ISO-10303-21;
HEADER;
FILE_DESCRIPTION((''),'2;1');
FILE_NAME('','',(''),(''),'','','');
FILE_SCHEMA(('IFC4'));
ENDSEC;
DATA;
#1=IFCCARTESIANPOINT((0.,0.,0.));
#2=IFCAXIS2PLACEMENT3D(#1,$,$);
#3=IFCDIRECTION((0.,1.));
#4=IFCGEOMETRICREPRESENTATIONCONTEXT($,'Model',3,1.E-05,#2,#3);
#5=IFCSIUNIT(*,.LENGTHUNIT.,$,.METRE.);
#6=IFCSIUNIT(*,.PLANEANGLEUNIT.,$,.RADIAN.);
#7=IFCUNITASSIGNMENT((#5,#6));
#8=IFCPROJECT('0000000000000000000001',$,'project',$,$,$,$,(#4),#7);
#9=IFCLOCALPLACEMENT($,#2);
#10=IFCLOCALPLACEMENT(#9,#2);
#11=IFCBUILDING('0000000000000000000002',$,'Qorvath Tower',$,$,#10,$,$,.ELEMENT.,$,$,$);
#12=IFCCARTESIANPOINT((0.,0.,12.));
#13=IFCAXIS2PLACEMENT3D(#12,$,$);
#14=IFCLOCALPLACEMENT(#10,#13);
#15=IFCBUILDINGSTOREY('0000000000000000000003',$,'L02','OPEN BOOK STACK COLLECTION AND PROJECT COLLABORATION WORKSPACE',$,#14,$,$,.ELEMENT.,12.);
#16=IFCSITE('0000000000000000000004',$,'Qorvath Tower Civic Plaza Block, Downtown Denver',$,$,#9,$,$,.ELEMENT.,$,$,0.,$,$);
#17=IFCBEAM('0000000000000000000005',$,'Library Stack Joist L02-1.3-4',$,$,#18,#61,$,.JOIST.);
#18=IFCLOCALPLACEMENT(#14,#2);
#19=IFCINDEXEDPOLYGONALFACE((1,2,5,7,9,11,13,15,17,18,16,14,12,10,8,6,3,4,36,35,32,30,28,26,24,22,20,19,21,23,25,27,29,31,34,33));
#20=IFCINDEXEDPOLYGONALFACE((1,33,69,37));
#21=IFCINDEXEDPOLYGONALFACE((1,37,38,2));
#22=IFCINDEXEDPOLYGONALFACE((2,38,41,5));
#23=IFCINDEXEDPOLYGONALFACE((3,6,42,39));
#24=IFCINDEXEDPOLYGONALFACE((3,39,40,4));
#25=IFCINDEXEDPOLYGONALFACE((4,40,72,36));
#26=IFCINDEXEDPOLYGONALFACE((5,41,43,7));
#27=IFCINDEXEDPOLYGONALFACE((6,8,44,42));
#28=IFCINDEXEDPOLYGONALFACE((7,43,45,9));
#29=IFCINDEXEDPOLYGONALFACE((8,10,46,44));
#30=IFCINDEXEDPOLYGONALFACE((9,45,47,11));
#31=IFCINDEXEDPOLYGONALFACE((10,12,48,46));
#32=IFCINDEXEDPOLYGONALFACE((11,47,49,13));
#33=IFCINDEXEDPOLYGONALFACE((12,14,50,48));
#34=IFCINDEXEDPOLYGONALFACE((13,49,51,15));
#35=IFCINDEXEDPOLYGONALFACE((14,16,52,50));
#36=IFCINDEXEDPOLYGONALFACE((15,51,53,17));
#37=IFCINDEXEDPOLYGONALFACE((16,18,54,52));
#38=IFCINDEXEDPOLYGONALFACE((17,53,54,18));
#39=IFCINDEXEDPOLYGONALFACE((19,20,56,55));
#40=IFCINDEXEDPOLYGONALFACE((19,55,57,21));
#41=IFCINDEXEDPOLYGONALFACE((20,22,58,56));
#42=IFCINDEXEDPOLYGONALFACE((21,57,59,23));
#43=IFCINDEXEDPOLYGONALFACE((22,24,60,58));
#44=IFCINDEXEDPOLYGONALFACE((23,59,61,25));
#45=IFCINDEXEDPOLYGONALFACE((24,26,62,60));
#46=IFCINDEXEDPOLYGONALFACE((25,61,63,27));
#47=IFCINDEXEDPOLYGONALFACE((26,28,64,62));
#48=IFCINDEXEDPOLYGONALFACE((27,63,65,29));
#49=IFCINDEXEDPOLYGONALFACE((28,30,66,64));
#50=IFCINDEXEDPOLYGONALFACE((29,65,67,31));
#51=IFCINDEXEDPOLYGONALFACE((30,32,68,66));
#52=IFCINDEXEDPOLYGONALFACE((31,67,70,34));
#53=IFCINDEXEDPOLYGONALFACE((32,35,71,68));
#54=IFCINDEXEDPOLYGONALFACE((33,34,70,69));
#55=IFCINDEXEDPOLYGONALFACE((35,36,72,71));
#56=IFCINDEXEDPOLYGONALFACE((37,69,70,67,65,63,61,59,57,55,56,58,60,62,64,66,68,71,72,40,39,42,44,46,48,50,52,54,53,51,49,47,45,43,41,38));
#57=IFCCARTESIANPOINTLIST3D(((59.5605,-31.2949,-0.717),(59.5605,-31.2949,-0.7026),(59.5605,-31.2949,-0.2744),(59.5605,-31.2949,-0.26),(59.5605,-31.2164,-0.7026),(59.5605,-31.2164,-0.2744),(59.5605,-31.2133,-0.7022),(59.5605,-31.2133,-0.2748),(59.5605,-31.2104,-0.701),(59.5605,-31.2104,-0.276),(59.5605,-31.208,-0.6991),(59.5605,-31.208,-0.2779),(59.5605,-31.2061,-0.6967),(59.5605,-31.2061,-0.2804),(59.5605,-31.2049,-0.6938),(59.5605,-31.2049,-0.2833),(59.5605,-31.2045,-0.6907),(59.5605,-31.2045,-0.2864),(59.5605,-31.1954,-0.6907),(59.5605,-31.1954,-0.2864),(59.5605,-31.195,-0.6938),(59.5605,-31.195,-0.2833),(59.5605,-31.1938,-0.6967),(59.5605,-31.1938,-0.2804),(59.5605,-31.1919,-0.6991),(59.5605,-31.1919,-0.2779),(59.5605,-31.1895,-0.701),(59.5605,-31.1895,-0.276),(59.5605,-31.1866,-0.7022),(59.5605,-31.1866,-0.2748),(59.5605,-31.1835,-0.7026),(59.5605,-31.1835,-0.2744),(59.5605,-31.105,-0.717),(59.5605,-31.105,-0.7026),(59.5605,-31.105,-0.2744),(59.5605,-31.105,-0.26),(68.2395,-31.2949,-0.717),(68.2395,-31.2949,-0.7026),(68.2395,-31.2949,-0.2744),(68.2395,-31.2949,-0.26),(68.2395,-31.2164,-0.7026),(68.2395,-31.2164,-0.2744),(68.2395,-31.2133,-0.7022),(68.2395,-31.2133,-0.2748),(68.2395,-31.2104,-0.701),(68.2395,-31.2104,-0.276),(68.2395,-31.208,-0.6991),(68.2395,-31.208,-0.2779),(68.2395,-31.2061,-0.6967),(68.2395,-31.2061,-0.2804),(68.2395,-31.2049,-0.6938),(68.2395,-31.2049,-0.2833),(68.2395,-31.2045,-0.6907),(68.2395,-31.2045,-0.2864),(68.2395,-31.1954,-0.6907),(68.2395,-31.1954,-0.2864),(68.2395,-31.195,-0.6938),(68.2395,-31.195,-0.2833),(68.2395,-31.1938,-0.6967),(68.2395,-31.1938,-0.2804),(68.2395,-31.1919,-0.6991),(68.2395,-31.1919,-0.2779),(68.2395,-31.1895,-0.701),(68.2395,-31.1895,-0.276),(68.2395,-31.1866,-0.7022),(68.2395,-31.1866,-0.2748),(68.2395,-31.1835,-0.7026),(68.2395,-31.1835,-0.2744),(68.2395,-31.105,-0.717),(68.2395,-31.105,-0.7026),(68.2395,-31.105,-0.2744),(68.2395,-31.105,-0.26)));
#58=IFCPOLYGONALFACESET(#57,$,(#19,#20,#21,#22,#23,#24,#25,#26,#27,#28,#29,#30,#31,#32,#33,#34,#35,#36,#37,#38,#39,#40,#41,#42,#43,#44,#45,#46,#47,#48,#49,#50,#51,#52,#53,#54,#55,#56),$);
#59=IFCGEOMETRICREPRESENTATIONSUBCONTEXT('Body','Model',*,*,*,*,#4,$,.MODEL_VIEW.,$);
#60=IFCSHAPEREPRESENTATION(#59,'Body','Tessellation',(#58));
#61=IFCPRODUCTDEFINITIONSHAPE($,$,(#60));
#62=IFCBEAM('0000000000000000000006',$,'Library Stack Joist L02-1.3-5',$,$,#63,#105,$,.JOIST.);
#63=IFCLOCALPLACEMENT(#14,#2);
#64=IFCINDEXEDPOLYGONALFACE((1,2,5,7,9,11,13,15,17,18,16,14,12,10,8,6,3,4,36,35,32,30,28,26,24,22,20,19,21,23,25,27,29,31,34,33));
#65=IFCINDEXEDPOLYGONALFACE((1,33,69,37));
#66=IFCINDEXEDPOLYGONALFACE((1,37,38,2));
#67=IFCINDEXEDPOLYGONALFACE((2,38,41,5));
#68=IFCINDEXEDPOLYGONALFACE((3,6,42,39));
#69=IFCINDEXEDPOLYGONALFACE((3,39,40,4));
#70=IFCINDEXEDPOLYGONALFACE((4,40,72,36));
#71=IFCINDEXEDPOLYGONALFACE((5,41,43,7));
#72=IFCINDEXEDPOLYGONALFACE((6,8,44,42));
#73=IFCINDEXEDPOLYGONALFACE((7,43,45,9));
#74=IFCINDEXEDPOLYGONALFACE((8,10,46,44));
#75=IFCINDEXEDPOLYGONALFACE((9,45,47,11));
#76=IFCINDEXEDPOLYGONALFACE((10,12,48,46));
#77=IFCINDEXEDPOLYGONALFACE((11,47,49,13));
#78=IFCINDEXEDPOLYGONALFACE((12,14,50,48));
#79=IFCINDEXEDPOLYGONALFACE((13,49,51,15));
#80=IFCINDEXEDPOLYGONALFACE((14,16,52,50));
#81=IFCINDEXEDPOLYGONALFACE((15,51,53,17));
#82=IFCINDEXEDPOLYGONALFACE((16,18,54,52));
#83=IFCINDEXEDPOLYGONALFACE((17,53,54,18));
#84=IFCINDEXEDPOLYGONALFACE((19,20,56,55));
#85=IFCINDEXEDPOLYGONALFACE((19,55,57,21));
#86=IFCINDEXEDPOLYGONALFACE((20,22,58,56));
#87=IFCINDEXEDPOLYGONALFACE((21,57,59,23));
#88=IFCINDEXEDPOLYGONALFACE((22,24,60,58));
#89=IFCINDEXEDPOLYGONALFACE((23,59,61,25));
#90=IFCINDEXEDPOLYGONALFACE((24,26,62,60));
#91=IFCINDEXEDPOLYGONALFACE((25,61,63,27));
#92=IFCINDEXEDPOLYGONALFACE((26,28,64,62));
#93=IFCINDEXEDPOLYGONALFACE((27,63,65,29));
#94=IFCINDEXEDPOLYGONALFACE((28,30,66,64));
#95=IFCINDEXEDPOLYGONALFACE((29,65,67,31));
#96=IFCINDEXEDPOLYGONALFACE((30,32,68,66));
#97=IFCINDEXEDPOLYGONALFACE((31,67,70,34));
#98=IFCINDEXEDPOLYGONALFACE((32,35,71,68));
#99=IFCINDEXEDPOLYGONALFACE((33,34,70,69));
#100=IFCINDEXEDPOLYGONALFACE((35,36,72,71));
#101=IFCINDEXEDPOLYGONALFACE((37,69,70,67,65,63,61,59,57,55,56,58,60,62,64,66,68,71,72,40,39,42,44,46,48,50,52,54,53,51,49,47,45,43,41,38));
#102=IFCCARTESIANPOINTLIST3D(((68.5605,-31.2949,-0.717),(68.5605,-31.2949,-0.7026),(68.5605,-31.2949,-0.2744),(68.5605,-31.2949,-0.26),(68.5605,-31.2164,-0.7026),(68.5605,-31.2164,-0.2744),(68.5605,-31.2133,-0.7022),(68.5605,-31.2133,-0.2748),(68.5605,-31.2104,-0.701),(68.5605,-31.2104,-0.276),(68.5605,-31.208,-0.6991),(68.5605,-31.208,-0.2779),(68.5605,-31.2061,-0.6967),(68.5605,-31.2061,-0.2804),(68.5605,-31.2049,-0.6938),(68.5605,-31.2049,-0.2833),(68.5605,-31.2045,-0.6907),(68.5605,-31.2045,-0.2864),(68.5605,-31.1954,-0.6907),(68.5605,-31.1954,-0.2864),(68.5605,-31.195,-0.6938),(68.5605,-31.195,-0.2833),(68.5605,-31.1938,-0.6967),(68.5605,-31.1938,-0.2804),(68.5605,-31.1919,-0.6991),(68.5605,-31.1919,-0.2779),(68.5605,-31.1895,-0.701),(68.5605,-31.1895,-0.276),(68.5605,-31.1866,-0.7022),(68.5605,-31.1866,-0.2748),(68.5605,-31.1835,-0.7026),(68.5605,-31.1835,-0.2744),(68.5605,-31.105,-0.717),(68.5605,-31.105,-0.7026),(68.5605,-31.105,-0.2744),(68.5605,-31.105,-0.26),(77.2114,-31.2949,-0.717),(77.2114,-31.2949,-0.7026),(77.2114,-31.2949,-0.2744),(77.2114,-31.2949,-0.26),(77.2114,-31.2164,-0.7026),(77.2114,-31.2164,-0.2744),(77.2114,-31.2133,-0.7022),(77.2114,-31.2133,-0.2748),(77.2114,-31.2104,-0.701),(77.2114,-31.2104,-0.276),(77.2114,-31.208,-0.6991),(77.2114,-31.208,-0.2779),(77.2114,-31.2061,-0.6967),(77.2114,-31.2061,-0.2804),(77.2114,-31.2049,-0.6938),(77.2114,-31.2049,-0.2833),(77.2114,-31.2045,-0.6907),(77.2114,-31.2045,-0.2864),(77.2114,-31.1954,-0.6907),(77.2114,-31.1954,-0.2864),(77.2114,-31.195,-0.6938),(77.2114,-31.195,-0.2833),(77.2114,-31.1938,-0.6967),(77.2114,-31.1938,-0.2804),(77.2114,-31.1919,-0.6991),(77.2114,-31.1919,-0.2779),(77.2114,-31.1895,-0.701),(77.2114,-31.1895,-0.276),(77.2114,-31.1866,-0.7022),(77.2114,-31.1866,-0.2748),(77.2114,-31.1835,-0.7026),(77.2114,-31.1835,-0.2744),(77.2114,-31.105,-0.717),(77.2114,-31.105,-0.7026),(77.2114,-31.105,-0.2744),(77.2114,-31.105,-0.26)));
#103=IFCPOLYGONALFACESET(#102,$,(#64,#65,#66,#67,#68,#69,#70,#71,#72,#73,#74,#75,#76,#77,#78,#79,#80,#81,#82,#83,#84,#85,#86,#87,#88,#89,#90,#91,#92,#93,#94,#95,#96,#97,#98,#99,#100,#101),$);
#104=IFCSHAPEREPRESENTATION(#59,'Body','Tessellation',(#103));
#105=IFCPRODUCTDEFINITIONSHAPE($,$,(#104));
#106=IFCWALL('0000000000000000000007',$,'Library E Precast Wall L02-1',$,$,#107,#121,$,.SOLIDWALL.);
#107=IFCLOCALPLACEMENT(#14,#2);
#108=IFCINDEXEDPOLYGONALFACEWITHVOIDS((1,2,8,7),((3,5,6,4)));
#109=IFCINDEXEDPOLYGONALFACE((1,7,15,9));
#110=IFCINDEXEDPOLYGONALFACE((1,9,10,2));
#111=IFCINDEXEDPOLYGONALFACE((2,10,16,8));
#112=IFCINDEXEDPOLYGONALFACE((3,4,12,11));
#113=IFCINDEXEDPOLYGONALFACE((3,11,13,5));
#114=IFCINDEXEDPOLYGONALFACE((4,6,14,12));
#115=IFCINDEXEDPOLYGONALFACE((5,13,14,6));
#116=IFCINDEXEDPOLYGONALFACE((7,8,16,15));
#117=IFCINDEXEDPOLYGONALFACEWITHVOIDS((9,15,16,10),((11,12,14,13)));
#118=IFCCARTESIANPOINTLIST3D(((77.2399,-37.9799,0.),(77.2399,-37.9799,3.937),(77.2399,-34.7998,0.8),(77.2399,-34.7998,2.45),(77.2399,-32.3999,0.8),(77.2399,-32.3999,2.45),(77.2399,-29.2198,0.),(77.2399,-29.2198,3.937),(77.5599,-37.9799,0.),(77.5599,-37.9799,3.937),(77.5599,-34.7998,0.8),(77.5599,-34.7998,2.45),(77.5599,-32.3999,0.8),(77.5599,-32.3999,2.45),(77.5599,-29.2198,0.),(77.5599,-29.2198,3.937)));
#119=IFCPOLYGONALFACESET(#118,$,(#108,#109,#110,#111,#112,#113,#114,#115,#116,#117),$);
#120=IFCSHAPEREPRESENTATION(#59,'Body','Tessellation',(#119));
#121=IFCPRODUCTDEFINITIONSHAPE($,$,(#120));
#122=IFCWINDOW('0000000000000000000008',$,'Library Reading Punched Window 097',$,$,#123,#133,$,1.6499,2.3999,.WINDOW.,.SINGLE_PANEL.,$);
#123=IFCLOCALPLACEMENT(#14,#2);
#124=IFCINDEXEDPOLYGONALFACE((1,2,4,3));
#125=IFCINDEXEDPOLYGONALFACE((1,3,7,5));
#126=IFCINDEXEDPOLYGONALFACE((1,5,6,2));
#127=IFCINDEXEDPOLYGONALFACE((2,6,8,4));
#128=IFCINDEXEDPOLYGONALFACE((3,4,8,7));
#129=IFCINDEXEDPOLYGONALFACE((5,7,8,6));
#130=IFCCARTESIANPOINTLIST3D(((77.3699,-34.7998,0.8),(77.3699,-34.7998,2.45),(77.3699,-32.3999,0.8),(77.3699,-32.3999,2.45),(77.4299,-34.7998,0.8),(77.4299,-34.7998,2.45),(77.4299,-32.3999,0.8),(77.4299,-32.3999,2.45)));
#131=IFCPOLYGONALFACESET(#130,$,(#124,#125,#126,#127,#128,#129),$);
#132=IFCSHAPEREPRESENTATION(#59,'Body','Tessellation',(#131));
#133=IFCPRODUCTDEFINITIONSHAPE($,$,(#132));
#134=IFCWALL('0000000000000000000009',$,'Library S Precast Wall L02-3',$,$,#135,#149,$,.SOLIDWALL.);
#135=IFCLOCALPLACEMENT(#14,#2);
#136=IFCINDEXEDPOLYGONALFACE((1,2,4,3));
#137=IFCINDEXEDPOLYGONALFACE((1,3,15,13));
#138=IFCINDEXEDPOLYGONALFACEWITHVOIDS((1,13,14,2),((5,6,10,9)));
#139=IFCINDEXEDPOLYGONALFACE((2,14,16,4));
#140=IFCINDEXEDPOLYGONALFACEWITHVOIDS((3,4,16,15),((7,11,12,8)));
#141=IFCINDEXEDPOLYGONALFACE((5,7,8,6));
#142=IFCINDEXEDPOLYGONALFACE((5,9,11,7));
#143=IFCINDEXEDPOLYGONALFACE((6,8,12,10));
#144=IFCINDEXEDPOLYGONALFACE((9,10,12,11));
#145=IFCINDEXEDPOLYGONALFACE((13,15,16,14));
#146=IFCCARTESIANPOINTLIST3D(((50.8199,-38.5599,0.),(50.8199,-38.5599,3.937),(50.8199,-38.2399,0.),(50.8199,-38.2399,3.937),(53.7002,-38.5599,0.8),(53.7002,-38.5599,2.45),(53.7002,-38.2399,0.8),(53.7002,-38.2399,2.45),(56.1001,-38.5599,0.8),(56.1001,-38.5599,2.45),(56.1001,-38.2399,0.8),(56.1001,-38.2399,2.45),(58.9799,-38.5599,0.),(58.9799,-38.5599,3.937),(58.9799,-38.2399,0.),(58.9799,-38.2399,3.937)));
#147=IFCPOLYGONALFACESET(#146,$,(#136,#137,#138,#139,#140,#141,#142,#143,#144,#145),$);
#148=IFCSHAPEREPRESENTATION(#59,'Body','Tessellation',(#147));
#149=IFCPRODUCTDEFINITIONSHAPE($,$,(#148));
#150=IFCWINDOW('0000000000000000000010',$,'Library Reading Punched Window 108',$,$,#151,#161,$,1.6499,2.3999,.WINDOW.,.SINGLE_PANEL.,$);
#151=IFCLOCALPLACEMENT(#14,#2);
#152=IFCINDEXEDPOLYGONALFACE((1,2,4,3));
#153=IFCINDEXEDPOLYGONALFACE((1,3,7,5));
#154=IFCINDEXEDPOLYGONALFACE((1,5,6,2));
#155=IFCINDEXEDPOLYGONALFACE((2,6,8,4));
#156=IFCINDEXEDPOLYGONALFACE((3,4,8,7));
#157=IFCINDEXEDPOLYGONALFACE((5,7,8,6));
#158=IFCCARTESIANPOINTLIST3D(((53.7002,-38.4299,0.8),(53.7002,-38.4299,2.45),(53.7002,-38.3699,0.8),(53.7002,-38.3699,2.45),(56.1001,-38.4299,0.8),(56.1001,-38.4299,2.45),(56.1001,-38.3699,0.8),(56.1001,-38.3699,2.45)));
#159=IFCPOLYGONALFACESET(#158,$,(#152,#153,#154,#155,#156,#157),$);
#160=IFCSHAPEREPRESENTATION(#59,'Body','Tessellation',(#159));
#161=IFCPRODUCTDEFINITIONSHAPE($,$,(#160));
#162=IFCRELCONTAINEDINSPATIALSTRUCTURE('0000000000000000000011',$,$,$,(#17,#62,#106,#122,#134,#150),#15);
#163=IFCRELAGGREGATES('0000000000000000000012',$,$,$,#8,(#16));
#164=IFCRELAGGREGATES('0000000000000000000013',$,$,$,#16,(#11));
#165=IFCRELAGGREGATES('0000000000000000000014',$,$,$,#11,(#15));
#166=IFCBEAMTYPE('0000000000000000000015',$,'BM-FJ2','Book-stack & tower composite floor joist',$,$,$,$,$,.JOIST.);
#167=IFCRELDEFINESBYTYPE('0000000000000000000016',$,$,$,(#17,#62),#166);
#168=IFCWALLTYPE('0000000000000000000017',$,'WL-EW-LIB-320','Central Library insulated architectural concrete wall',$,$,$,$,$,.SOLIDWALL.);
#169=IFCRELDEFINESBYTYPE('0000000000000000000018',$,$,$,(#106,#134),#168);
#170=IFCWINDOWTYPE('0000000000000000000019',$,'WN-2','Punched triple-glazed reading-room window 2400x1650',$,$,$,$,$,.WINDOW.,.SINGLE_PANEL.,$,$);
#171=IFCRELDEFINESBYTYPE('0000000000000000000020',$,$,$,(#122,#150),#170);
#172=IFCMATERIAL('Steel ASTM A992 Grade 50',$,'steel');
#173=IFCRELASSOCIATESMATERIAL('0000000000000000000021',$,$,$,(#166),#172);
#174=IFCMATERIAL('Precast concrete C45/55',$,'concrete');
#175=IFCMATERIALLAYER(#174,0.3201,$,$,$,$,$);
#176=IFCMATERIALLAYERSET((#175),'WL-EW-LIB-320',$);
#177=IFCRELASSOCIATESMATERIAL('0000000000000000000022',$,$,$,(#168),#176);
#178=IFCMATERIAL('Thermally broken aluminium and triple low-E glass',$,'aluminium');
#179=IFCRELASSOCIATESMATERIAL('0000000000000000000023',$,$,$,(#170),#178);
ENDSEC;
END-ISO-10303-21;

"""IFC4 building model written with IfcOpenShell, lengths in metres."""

from ifc_helpers import new_model, si_unit, direction, frame, frame_2d, origin, origin_2d, place, context, subcontext, project, spatial, rectangle, i_section, extrude, material, layer, layer_set, material_profile, profile_set, type_object, element, fill, save


model = new_model("IFC4")

# Units and contexts
model_context = context("Model", 3, precision=1e-05, world=origin(), true_north=direction((0.0, 1.0)))
body_context = subcontext(model_context, "Body", "Model", "MODEL_VIEW")
ifc_project = project(units=[si_unit("LENGTHUNIT", "METRE"), si_unit("PLANEANGLEUNIT", "RADIAN")], contexts=[model_context])

# Site, building, storey
site_placement = place(None, origin())
site = spatial("IfcSite", under=ifc_project, at=site_placement, Name="Qorvath Tower Civic Plaza Block, Downtown Denver", CompositionType="ELEMENT", RefElevation=0.0)
building_placement = place(site_placement, origin())
building = spatial("IfcBuilding", under=site, at=building_placement, Name="Qorvath Tower", CompositionType="ELEMENT")
storey_placement = place(building_placement, frame((0.0, 0.0, 12.0)))
storey = spatial("IfcBuildingStorey", under=building, at=storey_placement, Name="L02", Description="OPEN BOOK STACK COLLECTION AND PROJECT COLLABORATION WORKSPACE", CompositionType="ELEMENT", Elevation=12.0)

# Beams
ifc_material_1 = material(Name="Steel ASTM A992 Grade 50", Category="steel")
ifc_material_profile_1 = material_profile(ifc_material_1, i_section(OverallWidth=0.1899, OverallDepth=0.457, WebThickness=0.009, FlangeThickness=0.0144, FilletRadius=0.012, at=origin_2d()), Name="W18x50")
ifc_profile_set_1 = profile_set([ifc_material_profile_1], Name="Steel ASTM A992 Grade 50")
beam_type_1 = type_object("IfcBeamType", Name="BM-FJ2", Description="Book-stack & tower composite floor joist", PredefinedType="JOIST", material=ifc_profile_set_1)
beam_1_placement = place(storey_placement, frame((59.5605, -31.2, -0.4885), z_axis=(1.0, 0.0, 0.0), x_axis=(0.0, 1.0, 0.0)))
element("IfcBeam", 1, at=beam_1_placement, inside=storey, type_object=beam_type_1, Name="Library Stack Joist L02-1.3-4", PredefinedType="JOIST", context=body_context, shape_type="SweptSolid", body=[
    extrude(i_section(OverallWidth=0.1899, OverallDepth=0.457, WebThickness=0.009, FlangeThickness=0.0144, FilletRadius=0.012, at=origin_2d()), origin(), (0.0, 0.0, 1.0), 8.679),
])
beam_2_placement = place(storey_placement, frame((68.5605, -31.2, -0.4885), z_axis=(1.0, 0.0, 0.0), x_axis=(0.0, 1.0, 0.0)))
element("IfcBeam", 2, at=beam_2_placement, inside=storey, type_object=beam_type_1, Name="Library Stack Joist L02-1.3-5", PredefinedType="JOIST", context=body_context, shape_type="SweptSolid", body=[
    extrude(i_section(OverallWidth=0.1899, OverallDepth=0.457, WebThickness=0.009, FlangeThickness=0.0144, FilletRadius=0.012, at=origin_2d()), origin(), (0.0, 0.0, 1.0), 8.6509),
])

# Walls, openings, windows
ifc_material_2 = material(Name="Precast concrete C45/55", Category="concrete")
ifc_layer = layer(ifc_material_2, 0.3201)
ifc_layer_set = layer_set([ifc_layer], Name="WL-EW-LIB-320")
wall_type = type_object("IfcWallType", Name="WL-EW-LIB-320", Description="Central Library insulated architectural concrete wall", PredefinedType="SOLIDWALL", material=ifc_layer_set)
wall_1_placement = place(storey_placement, frame((77.3999, -29.22, 0.0), z_axis=(0.0, 0.0, 1.0), x_axis=(0.0, -1.0, 0.0)))
wall_1 = element("IfcWall", 3, at=wall_1_placement, inside=storey, type_object=wall_type, Name="Library E Precast Wall L02-1", PredefinedType="SOLIDWALL", context=body_context, shape_type="SweptSolid", body=[
    extrude(rectangle(XDim=8.76, YDim=0.3201, at=frame_2d((4.3799, 0.0))), origin(), (0.0, 0.0, 1.0), 3.937),
])
opening_1_placement = place(wall_1_placement, frame((3.1799, 0.0, 0.8)))
opening_1 = element("IfcOpeningElement", 4, at=opening_1_placement, cuts=wall_1, PredefinedType="OPENING", context=body_context, shape_type="SweptSolid", body=[
    extrude(rectangle(XDim=2.3999, YDim=1.6499, at=frame_2d((1.2, 0.825))), frame((0.0, 0.1699, 0.0), z_axis=(0.0, -1.0, 0.0), x_axis=(1.0, 0.0, 0.0)), (0.0, 0.0, 1.0), 0.3401),
])
ifc_material_3 = material(Name="Thermally broken aluminium and triple low-E glass", Category="aluminium")
window_type = type_object("IfcWindowType", Name="WN-2", Description="Punched triple-glazed reading-room window 2400x1650", PartitioningType="SINGLE_PANEL", PredefinedType="WINDOW", material=ifc_material_3)
window_1_placement = place(opening_1_placement, origin())
window_1 = element("IfcWindow", 5, at=window_1_placement, inside=storey, type_object=window_type, Name="Library Reading Punched Window 097", OverallHeight=1.6499, OverallWidth=2.3999, PartitioningType="SINGLE_PANEL", PredefinedType="WINDOW", context=body_context, shape_type="SweptSolid", body=[
    extrude(rectangle(XDim=2.3999, YDim=1.6499, at=frame_2d((1.2, 0.825))), frame((0.0, 0.03, 0.0), z_axis=(0.0, -1.0, 0.0), x_axis=(1.0, 0.0, 0.0)), (0.0, 0.0, 1.0), 0.0601),
])
fill(opening_1, window_1)
wall_2_placement = place(storey_placement, frame((58.98, -38.3999, 0.0), z_axis=(0.0, 0.0, 1.0), x_axis=(-1.0, 0.0, 0.0)))
wall_2 = element("IfcWall", 6, at=wall_2_placement, inside=storey, type_object=wall_type, Name="Library S Precast Wall L02-3", PredefinedType="SOLIDWALL", context=body_context, shape_type="SweptSolid", body=[
    extrude(rectangle(XDim=8.1599, YDim=0.3201, at=frame_2d((4.0801, 0.0))), origin(), (0.0, 0.0, 1.0), 3.937),
])
opening_2_placement = place(wall_2_placement, frame((2.8799, 0.0, 0.8)))
opening_2 = element("IfcOpeningElement", 7, at=opening_2_placement, cuts=wall_2, PredefinedType="OPENING", context=body_context, shape_type="SweptSolid", body=[
    extrude(rectangle(XDim=2.3999, YDim=1.6499, at=frame_2d((1.2, 0.825))), frame((0.0, 0.1699, 0.0), z_axis=(0.0, -1.0, 0.0), x_axis=(1.0, 0.0, 0.0)), (0.0, 0.0, 1.0), 0.3401),
])
window_2_placement = place(opening_2_placement, origin())
window_2 = element("IfcWindow", 8, at=window_2_placement, inside=storey, type_object=window_type, Name="Library Reading Punched Window 108", OverallHeight=1.6499, OverallWidth=2.3999, PartitioningType="SINGLE_PANEL", PredefinedType="WINDOW", context=body_context, shape_type="SweptSolid", body=[
    extrude(rectangle(XDim=2.3999, YDim=1.6499, at=frame_2d((1.2, 0.825))), frame((0.0, 0.03, 0.0), z_axis=(0.0, -1.0, 0.0), x_axis=(1.0, 0.0, 0.0)), (0.0, 0.0, 1.0), 0.0601),
])
fill(opening_2, window_2)

save(model, "model.ifc")
